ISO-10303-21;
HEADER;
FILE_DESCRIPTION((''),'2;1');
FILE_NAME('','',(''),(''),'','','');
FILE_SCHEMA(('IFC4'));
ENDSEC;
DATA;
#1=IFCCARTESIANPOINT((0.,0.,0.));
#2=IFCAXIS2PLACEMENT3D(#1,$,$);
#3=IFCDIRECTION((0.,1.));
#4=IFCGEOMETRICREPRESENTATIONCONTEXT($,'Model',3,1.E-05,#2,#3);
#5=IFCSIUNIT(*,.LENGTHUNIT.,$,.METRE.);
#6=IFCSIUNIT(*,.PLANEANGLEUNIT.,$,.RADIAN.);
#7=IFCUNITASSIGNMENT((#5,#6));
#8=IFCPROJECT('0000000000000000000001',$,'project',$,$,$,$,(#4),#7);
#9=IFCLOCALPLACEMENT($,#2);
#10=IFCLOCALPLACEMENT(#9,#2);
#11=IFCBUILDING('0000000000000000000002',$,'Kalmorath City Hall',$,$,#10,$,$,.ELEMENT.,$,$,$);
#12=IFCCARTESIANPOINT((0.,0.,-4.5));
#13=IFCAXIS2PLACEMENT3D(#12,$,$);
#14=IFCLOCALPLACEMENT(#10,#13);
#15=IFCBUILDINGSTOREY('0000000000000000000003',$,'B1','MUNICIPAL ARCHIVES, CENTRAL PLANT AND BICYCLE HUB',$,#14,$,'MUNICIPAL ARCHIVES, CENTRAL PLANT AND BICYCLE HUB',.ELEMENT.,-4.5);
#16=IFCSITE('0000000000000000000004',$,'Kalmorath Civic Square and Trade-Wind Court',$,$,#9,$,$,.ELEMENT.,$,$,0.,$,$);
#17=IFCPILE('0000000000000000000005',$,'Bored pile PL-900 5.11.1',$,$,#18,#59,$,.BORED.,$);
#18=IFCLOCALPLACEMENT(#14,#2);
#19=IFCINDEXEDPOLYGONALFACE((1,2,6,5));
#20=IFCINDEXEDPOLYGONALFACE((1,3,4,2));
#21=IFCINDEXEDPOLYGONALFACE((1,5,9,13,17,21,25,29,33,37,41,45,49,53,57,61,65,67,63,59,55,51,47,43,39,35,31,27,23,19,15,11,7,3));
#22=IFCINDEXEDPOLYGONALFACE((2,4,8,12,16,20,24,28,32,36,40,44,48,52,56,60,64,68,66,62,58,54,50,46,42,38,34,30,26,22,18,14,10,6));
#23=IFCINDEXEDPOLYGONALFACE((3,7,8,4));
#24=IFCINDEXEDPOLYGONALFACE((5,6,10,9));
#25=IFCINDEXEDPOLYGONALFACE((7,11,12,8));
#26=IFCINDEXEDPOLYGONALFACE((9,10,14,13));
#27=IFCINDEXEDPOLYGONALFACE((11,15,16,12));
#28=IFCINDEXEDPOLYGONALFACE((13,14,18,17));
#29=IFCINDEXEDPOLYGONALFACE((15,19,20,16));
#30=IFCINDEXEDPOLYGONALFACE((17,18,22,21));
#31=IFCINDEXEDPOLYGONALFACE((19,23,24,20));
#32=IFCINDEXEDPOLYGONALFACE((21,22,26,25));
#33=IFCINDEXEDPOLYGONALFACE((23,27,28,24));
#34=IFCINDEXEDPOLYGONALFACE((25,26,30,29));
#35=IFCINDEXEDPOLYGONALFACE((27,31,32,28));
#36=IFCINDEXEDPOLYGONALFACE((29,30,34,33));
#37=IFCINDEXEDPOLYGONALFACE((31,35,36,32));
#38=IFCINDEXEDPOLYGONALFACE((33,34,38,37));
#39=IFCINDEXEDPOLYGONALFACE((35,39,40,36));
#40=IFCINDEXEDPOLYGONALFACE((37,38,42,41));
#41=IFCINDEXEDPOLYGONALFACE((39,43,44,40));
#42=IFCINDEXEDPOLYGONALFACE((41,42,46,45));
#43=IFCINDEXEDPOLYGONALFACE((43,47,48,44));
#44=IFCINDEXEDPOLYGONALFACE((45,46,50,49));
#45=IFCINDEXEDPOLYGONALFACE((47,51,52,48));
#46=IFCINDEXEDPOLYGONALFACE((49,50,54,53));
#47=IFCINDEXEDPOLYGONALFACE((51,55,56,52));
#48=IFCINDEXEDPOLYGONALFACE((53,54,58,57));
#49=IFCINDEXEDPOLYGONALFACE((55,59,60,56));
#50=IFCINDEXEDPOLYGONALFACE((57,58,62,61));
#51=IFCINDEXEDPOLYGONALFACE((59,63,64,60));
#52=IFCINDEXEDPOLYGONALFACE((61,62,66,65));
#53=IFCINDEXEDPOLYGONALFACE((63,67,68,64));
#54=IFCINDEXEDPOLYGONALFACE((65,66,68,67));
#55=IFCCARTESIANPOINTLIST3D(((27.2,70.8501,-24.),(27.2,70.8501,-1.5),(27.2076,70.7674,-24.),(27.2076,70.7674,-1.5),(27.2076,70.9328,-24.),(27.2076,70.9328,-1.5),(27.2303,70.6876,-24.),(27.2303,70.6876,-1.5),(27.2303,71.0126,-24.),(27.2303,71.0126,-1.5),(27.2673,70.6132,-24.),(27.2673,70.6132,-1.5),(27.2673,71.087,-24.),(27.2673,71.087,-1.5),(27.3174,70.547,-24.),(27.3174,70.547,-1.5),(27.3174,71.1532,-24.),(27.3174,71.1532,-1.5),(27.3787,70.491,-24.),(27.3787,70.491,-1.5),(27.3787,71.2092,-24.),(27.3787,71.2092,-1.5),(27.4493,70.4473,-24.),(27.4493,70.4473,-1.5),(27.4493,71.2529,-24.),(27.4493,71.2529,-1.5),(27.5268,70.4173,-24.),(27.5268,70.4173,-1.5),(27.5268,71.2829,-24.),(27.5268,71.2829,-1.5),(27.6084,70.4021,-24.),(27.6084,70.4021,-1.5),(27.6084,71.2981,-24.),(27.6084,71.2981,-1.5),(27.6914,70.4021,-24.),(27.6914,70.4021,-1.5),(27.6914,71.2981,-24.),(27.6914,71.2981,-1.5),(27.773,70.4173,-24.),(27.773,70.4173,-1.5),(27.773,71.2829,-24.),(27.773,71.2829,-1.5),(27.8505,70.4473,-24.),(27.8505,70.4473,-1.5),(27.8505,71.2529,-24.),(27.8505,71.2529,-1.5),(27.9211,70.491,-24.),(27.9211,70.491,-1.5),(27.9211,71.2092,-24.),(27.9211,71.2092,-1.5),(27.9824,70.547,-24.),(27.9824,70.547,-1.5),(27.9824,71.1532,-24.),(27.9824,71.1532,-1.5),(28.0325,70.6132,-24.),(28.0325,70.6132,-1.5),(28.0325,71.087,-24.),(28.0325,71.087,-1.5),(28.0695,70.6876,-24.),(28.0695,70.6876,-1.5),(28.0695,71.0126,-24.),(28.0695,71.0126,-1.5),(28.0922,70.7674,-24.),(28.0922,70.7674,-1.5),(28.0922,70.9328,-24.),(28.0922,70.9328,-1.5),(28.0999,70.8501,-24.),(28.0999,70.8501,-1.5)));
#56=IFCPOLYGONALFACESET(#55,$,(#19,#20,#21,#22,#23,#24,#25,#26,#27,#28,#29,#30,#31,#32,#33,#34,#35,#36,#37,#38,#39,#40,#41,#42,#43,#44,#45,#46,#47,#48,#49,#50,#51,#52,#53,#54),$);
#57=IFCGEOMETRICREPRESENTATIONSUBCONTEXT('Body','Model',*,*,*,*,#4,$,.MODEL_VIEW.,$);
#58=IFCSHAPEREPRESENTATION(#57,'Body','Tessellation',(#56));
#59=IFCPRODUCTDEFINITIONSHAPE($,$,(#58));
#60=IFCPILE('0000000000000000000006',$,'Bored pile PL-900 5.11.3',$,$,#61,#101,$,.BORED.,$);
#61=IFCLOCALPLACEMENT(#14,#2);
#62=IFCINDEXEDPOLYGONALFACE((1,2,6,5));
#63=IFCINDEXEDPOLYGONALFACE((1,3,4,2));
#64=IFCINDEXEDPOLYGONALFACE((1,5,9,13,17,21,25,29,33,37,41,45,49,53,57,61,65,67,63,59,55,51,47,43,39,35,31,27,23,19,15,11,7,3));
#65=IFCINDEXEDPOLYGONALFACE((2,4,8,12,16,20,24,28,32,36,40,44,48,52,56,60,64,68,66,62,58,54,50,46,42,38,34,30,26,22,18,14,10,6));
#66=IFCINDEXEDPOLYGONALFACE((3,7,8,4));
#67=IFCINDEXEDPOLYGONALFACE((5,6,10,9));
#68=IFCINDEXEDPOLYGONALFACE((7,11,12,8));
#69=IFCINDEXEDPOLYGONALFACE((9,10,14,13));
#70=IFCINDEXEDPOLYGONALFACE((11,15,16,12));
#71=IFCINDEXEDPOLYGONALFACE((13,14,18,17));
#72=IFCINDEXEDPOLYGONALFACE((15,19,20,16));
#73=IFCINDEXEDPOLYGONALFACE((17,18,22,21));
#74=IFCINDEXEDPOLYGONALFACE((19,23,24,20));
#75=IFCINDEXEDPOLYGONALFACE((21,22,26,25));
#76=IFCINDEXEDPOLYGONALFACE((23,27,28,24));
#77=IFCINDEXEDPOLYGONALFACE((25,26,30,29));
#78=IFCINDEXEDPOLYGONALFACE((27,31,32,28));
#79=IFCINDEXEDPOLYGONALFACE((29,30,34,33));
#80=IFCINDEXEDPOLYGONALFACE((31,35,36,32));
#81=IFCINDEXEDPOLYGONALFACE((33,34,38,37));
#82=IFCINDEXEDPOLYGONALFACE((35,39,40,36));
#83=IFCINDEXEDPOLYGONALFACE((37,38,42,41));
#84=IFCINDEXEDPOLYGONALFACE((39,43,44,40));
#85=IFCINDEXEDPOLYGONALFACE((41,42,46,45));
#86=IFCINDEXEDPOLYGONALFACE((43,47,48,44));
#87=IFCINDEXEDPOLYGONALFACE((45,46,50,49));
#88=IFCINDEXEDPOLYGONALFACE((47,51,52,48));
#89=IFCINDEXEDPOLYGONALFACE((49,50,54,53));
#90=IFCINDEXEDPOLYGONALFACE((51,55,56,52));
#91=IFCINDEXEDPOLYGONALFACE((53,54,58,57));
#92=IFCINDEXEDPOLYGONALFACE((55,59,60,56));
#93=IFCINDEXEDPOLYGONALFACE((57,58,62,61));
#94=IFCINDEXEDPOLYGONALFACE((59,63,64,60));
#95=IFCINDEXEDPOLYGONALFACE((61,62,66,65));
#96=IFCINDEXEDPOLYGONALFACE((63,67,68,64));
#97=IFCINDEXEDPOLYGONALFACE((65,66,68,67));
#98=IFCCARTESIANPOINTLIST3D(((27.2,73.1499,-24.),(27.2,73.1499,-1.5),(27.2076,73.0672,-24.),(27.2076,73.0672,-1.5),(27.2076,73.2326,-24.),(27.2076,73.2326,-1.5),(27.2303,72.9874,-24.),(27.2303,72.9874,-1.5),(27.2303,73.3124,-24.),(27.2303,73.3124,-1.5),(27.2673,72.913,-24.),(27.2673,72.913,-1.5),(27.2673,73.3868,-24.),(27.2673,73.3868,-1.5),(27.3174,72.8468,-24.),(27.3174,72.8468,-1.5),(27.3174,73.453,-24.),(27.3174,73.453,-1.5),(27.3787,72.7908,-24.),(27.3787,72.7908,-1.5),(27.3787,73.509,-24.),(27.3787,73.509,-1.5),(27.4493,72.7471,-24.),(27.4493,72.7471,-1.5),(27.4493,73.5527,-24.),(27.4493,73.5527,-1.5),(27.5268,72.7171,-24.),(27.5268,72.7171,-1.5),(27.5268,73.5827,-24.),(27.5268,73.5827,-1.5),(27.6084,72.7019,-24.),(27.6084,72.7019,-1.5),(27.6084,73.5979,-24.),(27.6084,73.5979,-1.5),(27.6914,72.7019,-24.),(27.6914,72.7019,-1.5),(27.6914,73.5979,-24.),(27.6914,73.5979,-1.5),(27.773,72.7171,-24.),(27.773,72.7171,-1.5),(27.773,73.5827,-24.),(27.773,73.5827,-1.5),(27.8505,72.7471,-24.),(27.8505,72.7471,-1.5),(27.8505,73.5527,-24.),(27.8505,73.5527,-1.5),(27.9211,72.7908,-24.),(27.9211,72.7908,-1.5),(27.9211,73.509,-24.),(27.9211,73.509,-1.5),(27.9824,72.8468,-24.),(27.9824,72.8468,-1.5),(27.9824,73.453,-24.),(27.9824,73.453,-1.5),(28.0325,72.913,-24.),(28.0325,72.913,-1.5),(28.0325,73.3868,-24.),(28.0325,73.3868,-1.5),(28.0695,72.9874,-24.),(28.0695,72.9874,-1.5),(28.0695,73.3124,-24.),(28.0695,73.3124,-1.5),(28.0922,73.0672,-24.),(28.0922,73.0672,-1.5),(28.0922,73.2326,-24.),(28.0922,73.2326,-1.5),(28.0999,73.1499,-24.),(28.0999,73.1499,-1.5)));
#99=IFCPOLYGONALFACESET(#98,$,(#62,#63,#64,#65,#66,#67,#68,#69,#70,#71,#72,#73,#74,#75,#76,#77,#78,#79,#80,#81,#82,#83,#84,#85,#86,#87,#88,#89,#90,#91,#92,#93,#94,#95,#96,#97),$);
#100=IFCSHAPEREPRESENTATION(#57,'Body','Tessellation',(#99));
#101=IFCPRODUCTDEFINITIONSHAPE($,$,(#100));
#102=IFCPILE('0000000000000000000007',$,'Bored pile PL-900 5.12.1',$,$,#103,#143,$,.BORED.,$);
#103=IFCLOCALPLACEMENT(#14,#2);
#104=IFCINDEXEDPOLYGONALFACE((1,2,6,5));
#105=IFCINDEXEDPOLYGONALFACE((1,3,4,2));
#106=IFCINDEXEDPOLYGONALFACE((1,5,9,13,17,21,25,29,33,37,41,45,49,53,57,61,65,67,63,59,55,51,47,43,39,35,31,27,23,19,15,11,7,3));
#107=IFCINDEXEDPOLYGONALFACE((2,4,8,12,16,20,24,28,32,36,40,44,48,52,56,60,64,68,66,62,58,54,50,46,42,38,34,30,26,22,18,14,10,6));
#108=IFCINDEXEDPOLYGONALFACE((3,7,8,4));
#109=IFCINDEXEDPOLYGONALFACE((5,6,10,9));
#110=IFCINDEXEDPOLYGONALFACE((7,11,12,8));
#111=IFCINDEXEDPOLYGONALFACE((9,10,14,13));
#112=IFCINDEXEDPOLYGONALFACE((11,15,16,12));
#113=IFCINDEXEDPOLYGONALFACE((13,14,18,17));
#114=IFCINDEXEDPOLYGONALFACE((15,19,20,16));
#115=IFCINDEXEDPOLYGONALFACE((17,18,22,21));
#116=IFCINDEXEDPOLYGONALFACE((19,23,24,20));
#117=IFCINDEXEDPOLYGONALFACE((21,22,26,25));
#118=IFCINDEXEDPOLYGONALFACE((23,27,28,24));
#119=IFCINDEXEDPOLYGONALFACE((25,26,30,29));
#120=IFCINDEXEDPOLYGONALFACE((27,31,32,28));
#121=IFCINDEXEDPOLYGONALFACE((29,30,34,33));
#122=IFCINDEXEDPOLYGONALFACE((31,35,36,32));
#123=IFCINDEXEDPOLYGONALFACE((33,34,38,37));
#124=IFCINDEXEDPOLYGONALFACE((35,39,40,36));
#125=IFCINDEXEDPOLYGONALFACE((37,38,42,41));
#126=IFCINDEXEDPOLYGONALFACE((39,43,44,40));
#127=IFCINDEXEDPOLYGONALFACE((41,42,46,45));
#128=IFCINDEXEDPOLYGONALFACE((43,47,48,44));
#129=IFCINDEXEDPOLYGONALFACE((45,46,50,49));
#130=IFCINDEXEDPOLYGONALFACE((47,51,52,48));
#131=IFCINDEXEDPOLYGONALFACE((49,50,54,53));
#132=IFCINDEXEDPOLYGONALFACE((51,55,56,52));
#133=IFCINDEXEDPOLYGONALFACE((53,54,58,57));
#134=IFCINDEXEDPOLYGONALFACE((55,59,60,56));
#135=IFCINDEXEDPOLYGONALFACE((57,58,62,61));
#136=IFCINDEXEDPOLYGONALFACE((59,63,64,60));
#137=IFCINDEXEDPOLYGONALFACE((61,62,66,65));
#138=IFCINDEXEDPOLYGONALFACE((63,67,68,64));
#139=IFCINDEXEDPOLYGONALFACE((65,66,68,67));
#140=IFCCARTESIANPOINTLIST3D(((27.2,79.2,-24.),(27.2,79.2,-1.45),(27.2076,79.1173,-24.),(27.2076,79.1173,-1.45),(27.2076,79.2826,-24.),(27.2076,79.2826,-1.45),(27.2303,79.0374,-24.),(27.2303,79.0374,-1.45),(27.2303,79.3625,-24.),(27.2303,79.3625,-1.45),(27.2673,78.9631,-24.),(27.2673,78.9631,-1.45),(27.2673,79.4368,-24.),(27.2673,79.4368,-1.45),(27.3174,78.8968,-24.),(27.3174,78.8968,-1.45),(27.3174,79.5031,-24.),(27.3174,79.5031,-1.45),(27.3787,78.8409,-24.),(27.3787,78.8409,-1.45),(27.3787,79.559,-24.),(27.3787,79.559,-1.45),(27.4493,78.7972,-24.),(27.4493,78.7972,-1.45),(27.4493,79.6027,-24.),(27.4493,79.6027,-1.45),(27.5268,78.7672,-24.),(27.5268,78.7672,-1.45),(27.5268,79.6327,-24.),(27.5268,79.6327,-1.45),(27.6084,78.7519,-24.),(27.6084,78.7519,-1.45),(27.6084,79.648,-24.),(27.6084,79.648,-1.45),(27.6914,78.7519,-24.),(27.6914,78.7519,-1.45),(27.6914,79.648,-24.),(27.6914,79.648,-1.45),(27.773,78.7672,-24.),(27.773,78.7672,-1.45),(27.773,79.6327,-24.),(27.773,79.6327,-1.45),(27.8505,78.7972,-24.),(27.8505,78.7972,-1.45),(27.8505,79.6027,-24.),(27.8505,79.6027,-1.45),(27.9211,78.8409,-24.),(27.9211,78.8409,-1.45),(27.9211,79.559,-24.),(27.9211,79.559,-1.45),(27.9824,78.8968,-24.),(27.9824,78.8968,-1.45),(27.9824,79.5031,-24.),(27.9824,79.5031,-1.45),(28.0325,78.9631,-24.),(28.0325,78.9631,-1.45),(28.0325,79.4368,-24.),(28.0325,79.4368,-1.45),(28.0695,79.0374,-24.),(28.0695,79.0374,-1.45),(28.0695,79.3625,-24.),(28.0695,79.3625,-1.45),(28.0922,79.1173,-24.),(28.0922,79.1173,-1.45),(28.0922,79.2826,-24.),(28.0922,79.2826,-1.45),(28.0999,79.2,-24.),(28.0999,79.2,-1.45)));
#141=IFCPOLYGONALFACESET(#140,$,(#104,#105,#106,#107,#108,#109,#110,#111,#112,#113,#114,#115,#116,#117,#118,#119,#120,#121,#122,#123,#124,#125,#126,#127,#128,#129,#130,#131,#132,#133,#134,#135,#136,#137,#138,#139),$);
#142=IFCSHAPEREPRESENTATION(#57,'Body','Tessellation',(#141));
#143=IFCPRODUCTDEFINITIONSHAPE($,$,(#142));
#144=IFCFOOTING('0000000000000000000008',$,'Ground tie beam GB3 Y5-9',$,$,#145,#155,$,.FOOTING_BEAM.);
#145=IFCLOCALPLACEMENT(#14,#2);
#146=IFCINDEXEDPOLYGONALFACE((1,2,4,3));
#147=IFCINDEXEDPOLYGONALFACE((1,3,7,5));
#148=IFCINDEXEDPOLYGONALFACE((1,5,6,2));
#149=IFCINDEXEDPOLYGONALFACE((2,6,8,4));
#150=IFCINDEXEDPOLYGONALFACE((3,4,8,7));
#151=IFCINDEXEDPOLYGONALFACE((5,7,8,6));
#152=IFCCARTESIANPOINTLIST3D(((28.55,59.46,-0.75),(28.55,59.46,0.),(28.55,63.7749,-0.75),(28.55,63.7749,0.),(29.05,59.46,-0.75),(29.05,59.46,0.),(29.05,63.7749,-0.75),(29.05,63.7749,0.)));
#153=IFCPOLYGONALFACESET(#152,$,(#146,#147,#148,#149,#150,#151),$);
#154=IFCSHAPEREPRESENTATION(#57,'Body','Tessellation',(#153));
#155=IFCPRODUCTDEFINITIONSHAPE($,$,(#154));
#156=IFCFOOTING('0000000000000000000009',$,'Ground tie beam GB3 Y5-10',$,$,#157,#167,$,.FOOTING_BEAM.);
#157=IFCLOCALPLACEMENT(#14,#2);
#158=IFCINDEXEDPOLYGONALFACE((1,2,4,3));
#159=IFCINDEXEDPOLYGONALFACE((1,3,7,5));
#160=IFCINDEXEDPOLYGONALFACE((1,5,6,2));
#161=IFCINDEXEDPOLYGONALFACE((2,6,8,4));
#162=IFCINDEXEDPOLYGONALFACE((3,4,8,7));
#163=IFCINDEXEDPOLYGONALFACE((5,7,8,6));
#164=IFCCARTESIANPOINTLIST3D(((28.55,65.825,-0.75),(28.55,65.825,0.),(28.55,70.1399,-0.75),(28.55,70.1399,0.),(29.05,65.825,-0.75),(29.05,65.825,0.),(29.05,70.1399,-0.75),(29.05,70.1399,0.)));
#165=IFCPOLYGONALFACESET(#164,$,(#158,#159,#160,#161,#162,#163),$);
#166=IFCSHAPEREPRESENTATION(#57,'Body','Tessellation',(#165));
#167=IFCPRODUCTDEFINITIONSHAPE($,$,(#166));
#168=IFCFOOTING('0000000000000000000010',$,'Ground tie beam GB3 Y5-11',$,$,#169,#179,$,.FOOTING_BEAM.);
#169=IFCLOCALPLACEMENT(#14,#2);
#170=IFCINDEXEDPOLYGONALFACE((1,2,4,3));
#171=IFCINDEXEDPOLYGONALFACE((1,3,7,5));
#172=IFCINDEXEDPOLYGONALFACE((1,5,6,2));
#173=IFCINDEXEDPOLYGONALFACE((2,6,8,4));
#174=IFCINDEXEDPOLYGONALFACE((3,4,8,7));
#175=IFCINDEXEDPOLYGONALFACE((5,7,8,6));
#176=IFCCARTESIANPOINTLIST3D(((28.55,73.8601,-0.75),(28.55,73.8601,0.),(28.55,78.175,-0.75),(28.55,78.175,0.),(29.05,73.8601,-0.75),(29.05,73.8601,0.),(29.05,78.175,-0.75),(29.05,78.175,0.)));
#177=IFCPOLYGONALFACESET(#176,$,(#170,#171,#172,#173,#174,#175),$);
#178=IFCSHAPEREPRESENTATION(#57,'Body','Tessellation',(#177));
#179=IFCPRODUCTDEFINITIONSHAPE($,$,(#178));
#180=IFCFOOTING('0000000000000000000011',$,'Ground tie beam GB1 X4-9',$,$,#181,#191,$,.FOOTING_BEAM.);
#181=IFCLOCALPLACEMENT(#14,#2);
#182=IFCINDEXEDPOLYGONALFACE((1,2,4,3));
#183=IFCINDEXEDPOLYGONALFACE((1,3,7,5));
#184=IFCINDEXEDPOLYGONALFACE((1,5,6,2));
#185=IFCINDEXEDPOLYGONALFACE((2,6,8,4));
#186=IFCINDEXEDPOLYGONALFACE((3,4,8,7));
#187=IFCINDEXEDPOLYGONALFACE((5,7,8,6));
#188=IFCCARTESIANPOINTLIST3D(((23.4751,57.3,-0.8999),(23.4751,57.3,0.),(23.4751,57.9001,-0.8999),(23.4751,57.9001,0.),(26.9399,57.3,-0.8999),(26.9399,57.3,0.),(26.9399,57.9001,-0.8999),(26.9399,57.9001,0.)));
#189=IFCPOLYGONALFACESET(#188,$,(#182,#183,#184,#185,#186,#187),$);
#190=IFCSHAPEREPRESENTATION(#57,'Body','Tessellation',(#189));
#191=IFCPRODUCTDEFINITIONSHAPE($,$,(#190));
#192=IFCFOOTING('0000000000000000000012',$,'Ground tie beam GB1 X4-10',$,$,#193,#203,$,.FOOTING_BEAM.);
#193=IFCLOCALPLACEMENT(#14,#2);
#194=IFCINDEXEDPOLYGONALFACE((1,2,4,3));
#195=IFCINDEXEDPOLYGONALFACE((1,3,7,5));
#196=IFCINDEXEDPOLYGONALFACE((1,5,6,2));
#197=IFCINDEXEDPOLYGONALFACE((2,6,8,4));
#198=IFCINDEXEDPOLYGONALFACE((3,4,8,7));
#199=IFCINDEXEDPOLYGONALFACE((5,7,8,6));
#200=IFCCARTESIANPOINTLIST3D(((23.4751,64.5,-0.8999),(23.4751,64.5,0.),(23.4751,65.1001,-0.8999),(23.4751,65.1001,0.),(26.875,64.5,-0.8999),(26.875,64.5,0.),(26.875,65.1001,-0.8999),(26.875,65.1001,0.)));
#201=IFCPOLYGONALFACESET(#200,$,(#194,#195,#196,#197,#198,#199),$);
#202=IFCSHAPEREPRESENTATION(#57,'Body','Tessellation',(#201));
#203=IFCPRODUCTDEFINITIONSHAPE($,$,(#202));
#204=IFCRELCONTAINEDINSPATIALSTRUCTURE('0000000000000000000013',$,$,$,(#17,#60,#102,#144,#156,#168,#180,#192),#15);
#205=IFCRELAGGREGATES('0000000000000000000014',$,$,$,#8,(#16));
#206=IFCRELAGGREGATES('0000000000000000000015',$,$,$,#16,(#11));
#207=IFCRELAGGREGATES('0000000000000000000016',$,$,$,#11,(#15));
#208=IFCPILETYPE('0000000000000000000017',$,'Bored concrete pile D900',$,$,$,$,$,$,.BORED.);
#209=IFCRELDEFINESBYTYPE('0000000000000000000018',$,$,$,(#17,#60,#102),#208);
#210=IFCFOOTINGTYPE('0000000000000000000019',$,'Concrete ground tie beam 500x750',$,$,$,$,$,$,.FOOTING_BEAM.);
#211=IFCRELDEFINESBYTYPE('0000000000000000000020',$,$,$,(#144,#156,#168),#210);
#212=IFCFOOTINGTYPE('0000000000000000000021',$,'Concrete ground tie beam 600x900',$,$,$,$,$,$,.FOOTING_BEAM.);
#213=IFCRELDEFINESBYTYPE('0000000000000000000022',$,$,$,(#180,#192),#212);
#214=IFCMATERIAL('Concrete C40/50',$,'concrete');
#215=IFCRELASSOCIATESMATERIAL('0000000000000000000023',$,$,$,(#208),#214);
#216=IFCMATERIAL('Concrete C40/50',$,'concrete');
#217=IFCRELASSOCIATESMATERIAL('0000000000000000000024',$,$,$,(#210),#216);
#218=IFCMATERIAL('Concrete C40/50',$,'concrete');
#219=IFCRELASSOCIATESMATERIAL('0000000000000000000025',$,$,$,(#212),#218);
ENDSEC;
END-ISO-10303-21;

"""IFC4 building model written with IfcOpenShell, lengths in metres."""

from ifc_helpers import new_model, si_unit, direction, frame, origin, origin_2d, place, context, subcontext, project, spatial, rectangle, circle, extrude, material, material_profile, profile_set, type_object, element, save


model = new_model("IFC4")

# Units and contexts
model_context = context("Model", 3, precision=1e-05, world=origin(), true_north=direction((0.0, 1.0)))
body_context = subcontext(model_context, "Body", "Model", "MODEL_VIEW")
ifc_project = project(units=[si_unit("LENGTHUNIT", "METRE"), si_unit("PLANEANGLEUNIT", "RADIAN")], contexts=[model_context])

# Site, building, storey
site_placement = place(None, origin())
site = spatial("IfcSite", under=ifc_project, at=site_placement, Name="Kalmorath Civic Square and Trade-Wind Court", CompositionType="ELEMENT", RefElevation=0.0)
building_placement = place(site_placement, origin())
building = spatial("IfcBuilding", under=site, at=building_placement, Name="Kalmorath City Hall", CompositionType="ELEMENT")
storey_placement = place(building_placement, frame((0.0, 0.0, -4.5)))
storey = spatial("IfcBuildingStorey", under=building, at=storey_placement, Name="B1", Description="MUNICIPAL ARCHIVES, CENTRAL PLANT AND BICYCLE HUB", LongName="MUNICIPAL ARCHIVES, CENTRAL PLANT AND BICYCLE HUB", CompositionType="ELEMENT", Elevation=-4.5)

# Piles
ifc_material_1 = material(Name="Concrete C40/50", Category="concrete")
ifc_material_profile_1 = material_profile(ifc_material_1, circle(Radius=0.45, at=origin_2d()), Name="PILE-D900")
ifc_profile_set_1 = profile_set([ifc_material_profile_1], Name="Concrete C40/50")
pile_type = type_object("IfcPileType", Name="Bored concrete pile D900", PredefinedType="BORED", material=ifc_profile_set_1)
for number, where, z_axis, x_axis, name in (
    (1, (27.6499, 70.8501, -1.5), (0.0, 0.0, -1.0), (1.0, 0.0, 0.0), "Bored pile PL-900 5.11.1"),
    (2, (27.6499, 73.1499, -1.5), (0.0, 0.0, -1.0), (1.0, 0.0, 0.0), "Bored pile PL-900 5.11.3"),
):
    element("IfcPile", number, at=place(storey_placement, frame(where, z_axis=z_axis, x_axis=x_axis)), inside=storey, type_object=pile_type, Name=name, PredefinedType="BORED", context=body_context, shape_type="SweptSolid", body=[
        extrude(circle(Radius=0.45, at=origin_2d()), origin(), (0.0, 0.0, 1.0), 22.5),
    ])
pile_1_placement = place(storey_placement, frame((27.6499, 79.2, -1.45), z_axis=(0.0, 0.0, -1.0), x_axis=(1.0, 0.0, 0.0)))
element("IfcPile", 3, at=pile_1_placement, inside=storey, type_object=pile_type, Name="Bored pile PL-900 5.12.1", PredefinedType="BORED", context=body_context, shape_type="SweptSolid", body=[
    extrude(circle(Radius=0.45, at=origin_2d()), origin(), (0.0, 0.0, 1.0), 22.55),
])

# Footings
ifc_material_2 = material(Name="Concrete C40/50", Category="concrete")
ifc_material_profile_2 = material_profile(ifc_material_2, rectangle(XDim=0.5, YDim=0.75, at=origin_2d()), Name="RC-BM-500X750")
ifc_profile_set_2 = profile_set([ifc_material_profile_2], Name="Concrete C40/50")
footing_type_1 = type_object("IfcFootingType", Name="Concrete ground tie beam 500x750", PredefinedType="FOOTING_BEAM", material=ifc_profile_set_2)
for number, where, z_axis, x_axis, name in (
    (4, (28.8, 59.46, -0.375), (0.0, 1.0, 0.0), (-1.0, 0.0, 0.0), "Ground tie beam GB3 Y5-9"),
    (5, (28.8, 65.825, -0.375), (0.0, 1.0, 0.0), (-1.0, 0.0, 0.0), "Ground tie beam GB3 Y5-10"),
    (6, (28.8, 73.8601, -0.375), (0.0, 1.0, 0.0), (-1.0, 0.0, 0.0), "Ground tie beam GB3 Y5-11"),
):
    element("IfcFooting", number, at=place(storey_placement, frame(where, z_axis=z_axis, x_axis=x_axis)), inside=storey, type_object=footing_type_1, Name=name, PredefinedType="FOOTING_BEAM", context=body_context, shape_type="SweptSolid", body=[
        extrude(rectangle(XDim=0.5, YDim=0.75, at=origin_2d()), origin(), (0.0, 0.0, 1.0), 4.3149),
    ])
ifc_material_3 = material(Name="Concrete C40/50", Category="concrete")
ifc_material_profile_3 = material_profile(ifc_material_3, rectangle(XDim=0.6001, YDim=0.8999, at=origin_2d()), Name="RC-BM-600X900")
ifc_profile_set_3 = profile_set([ifc_material_profile_3], Name="Concrete C40/50")
footing_type_2 = type_object("IfcFootingType", Name="Concrete ground tie beam 600x900", PredefinedType="FOOTING_BEAM", material=ifc_profile_set_3)
footing_1_placement = place(storey_placement, frame((23.4751, 57.6001, -0.45), z_axis=(1.0, 0.0, 0.0), x_axis=(0.0, 1.0, 0.0)))
element("IfcFooting", 7, at=footing_1_placement, inside=storey, type_object=footing_type_2, Name="Ground tie beam GB1 X4-9", PredefinedType="FOOTING_BEAM", context=body_context, shape_type="SweptSolid", body=[
    extrude(rectangle(XDim=0.6001, YDim=0.8999, at=origin_2d()), origin(), (0.0, 0.0, 1.0), 3.4648),
])
footing_2_placement = place(storey_placement, frame((23.4751, 64.8, -0.45), z_axis=(1.0, 0.0, 0.0), x_axis=(0.0, 1.0, 0.0)))
element("IfcFooting", 8, at=footing_2_placement, inside=storey, type_object=footing_type_2, Name="Ground tie beam GB1 X4-10", PredefinedType="FOOTING_BEAM", context=body_context, shape_type="SweptSolid", body=[
    extrude(rectangle(XDim=0.6001, YDim=0.8999, at=origin_2d()), origin(), (0.0, 0.0, 1.0), 3.3999),
])

save(model, "model.ifc")
